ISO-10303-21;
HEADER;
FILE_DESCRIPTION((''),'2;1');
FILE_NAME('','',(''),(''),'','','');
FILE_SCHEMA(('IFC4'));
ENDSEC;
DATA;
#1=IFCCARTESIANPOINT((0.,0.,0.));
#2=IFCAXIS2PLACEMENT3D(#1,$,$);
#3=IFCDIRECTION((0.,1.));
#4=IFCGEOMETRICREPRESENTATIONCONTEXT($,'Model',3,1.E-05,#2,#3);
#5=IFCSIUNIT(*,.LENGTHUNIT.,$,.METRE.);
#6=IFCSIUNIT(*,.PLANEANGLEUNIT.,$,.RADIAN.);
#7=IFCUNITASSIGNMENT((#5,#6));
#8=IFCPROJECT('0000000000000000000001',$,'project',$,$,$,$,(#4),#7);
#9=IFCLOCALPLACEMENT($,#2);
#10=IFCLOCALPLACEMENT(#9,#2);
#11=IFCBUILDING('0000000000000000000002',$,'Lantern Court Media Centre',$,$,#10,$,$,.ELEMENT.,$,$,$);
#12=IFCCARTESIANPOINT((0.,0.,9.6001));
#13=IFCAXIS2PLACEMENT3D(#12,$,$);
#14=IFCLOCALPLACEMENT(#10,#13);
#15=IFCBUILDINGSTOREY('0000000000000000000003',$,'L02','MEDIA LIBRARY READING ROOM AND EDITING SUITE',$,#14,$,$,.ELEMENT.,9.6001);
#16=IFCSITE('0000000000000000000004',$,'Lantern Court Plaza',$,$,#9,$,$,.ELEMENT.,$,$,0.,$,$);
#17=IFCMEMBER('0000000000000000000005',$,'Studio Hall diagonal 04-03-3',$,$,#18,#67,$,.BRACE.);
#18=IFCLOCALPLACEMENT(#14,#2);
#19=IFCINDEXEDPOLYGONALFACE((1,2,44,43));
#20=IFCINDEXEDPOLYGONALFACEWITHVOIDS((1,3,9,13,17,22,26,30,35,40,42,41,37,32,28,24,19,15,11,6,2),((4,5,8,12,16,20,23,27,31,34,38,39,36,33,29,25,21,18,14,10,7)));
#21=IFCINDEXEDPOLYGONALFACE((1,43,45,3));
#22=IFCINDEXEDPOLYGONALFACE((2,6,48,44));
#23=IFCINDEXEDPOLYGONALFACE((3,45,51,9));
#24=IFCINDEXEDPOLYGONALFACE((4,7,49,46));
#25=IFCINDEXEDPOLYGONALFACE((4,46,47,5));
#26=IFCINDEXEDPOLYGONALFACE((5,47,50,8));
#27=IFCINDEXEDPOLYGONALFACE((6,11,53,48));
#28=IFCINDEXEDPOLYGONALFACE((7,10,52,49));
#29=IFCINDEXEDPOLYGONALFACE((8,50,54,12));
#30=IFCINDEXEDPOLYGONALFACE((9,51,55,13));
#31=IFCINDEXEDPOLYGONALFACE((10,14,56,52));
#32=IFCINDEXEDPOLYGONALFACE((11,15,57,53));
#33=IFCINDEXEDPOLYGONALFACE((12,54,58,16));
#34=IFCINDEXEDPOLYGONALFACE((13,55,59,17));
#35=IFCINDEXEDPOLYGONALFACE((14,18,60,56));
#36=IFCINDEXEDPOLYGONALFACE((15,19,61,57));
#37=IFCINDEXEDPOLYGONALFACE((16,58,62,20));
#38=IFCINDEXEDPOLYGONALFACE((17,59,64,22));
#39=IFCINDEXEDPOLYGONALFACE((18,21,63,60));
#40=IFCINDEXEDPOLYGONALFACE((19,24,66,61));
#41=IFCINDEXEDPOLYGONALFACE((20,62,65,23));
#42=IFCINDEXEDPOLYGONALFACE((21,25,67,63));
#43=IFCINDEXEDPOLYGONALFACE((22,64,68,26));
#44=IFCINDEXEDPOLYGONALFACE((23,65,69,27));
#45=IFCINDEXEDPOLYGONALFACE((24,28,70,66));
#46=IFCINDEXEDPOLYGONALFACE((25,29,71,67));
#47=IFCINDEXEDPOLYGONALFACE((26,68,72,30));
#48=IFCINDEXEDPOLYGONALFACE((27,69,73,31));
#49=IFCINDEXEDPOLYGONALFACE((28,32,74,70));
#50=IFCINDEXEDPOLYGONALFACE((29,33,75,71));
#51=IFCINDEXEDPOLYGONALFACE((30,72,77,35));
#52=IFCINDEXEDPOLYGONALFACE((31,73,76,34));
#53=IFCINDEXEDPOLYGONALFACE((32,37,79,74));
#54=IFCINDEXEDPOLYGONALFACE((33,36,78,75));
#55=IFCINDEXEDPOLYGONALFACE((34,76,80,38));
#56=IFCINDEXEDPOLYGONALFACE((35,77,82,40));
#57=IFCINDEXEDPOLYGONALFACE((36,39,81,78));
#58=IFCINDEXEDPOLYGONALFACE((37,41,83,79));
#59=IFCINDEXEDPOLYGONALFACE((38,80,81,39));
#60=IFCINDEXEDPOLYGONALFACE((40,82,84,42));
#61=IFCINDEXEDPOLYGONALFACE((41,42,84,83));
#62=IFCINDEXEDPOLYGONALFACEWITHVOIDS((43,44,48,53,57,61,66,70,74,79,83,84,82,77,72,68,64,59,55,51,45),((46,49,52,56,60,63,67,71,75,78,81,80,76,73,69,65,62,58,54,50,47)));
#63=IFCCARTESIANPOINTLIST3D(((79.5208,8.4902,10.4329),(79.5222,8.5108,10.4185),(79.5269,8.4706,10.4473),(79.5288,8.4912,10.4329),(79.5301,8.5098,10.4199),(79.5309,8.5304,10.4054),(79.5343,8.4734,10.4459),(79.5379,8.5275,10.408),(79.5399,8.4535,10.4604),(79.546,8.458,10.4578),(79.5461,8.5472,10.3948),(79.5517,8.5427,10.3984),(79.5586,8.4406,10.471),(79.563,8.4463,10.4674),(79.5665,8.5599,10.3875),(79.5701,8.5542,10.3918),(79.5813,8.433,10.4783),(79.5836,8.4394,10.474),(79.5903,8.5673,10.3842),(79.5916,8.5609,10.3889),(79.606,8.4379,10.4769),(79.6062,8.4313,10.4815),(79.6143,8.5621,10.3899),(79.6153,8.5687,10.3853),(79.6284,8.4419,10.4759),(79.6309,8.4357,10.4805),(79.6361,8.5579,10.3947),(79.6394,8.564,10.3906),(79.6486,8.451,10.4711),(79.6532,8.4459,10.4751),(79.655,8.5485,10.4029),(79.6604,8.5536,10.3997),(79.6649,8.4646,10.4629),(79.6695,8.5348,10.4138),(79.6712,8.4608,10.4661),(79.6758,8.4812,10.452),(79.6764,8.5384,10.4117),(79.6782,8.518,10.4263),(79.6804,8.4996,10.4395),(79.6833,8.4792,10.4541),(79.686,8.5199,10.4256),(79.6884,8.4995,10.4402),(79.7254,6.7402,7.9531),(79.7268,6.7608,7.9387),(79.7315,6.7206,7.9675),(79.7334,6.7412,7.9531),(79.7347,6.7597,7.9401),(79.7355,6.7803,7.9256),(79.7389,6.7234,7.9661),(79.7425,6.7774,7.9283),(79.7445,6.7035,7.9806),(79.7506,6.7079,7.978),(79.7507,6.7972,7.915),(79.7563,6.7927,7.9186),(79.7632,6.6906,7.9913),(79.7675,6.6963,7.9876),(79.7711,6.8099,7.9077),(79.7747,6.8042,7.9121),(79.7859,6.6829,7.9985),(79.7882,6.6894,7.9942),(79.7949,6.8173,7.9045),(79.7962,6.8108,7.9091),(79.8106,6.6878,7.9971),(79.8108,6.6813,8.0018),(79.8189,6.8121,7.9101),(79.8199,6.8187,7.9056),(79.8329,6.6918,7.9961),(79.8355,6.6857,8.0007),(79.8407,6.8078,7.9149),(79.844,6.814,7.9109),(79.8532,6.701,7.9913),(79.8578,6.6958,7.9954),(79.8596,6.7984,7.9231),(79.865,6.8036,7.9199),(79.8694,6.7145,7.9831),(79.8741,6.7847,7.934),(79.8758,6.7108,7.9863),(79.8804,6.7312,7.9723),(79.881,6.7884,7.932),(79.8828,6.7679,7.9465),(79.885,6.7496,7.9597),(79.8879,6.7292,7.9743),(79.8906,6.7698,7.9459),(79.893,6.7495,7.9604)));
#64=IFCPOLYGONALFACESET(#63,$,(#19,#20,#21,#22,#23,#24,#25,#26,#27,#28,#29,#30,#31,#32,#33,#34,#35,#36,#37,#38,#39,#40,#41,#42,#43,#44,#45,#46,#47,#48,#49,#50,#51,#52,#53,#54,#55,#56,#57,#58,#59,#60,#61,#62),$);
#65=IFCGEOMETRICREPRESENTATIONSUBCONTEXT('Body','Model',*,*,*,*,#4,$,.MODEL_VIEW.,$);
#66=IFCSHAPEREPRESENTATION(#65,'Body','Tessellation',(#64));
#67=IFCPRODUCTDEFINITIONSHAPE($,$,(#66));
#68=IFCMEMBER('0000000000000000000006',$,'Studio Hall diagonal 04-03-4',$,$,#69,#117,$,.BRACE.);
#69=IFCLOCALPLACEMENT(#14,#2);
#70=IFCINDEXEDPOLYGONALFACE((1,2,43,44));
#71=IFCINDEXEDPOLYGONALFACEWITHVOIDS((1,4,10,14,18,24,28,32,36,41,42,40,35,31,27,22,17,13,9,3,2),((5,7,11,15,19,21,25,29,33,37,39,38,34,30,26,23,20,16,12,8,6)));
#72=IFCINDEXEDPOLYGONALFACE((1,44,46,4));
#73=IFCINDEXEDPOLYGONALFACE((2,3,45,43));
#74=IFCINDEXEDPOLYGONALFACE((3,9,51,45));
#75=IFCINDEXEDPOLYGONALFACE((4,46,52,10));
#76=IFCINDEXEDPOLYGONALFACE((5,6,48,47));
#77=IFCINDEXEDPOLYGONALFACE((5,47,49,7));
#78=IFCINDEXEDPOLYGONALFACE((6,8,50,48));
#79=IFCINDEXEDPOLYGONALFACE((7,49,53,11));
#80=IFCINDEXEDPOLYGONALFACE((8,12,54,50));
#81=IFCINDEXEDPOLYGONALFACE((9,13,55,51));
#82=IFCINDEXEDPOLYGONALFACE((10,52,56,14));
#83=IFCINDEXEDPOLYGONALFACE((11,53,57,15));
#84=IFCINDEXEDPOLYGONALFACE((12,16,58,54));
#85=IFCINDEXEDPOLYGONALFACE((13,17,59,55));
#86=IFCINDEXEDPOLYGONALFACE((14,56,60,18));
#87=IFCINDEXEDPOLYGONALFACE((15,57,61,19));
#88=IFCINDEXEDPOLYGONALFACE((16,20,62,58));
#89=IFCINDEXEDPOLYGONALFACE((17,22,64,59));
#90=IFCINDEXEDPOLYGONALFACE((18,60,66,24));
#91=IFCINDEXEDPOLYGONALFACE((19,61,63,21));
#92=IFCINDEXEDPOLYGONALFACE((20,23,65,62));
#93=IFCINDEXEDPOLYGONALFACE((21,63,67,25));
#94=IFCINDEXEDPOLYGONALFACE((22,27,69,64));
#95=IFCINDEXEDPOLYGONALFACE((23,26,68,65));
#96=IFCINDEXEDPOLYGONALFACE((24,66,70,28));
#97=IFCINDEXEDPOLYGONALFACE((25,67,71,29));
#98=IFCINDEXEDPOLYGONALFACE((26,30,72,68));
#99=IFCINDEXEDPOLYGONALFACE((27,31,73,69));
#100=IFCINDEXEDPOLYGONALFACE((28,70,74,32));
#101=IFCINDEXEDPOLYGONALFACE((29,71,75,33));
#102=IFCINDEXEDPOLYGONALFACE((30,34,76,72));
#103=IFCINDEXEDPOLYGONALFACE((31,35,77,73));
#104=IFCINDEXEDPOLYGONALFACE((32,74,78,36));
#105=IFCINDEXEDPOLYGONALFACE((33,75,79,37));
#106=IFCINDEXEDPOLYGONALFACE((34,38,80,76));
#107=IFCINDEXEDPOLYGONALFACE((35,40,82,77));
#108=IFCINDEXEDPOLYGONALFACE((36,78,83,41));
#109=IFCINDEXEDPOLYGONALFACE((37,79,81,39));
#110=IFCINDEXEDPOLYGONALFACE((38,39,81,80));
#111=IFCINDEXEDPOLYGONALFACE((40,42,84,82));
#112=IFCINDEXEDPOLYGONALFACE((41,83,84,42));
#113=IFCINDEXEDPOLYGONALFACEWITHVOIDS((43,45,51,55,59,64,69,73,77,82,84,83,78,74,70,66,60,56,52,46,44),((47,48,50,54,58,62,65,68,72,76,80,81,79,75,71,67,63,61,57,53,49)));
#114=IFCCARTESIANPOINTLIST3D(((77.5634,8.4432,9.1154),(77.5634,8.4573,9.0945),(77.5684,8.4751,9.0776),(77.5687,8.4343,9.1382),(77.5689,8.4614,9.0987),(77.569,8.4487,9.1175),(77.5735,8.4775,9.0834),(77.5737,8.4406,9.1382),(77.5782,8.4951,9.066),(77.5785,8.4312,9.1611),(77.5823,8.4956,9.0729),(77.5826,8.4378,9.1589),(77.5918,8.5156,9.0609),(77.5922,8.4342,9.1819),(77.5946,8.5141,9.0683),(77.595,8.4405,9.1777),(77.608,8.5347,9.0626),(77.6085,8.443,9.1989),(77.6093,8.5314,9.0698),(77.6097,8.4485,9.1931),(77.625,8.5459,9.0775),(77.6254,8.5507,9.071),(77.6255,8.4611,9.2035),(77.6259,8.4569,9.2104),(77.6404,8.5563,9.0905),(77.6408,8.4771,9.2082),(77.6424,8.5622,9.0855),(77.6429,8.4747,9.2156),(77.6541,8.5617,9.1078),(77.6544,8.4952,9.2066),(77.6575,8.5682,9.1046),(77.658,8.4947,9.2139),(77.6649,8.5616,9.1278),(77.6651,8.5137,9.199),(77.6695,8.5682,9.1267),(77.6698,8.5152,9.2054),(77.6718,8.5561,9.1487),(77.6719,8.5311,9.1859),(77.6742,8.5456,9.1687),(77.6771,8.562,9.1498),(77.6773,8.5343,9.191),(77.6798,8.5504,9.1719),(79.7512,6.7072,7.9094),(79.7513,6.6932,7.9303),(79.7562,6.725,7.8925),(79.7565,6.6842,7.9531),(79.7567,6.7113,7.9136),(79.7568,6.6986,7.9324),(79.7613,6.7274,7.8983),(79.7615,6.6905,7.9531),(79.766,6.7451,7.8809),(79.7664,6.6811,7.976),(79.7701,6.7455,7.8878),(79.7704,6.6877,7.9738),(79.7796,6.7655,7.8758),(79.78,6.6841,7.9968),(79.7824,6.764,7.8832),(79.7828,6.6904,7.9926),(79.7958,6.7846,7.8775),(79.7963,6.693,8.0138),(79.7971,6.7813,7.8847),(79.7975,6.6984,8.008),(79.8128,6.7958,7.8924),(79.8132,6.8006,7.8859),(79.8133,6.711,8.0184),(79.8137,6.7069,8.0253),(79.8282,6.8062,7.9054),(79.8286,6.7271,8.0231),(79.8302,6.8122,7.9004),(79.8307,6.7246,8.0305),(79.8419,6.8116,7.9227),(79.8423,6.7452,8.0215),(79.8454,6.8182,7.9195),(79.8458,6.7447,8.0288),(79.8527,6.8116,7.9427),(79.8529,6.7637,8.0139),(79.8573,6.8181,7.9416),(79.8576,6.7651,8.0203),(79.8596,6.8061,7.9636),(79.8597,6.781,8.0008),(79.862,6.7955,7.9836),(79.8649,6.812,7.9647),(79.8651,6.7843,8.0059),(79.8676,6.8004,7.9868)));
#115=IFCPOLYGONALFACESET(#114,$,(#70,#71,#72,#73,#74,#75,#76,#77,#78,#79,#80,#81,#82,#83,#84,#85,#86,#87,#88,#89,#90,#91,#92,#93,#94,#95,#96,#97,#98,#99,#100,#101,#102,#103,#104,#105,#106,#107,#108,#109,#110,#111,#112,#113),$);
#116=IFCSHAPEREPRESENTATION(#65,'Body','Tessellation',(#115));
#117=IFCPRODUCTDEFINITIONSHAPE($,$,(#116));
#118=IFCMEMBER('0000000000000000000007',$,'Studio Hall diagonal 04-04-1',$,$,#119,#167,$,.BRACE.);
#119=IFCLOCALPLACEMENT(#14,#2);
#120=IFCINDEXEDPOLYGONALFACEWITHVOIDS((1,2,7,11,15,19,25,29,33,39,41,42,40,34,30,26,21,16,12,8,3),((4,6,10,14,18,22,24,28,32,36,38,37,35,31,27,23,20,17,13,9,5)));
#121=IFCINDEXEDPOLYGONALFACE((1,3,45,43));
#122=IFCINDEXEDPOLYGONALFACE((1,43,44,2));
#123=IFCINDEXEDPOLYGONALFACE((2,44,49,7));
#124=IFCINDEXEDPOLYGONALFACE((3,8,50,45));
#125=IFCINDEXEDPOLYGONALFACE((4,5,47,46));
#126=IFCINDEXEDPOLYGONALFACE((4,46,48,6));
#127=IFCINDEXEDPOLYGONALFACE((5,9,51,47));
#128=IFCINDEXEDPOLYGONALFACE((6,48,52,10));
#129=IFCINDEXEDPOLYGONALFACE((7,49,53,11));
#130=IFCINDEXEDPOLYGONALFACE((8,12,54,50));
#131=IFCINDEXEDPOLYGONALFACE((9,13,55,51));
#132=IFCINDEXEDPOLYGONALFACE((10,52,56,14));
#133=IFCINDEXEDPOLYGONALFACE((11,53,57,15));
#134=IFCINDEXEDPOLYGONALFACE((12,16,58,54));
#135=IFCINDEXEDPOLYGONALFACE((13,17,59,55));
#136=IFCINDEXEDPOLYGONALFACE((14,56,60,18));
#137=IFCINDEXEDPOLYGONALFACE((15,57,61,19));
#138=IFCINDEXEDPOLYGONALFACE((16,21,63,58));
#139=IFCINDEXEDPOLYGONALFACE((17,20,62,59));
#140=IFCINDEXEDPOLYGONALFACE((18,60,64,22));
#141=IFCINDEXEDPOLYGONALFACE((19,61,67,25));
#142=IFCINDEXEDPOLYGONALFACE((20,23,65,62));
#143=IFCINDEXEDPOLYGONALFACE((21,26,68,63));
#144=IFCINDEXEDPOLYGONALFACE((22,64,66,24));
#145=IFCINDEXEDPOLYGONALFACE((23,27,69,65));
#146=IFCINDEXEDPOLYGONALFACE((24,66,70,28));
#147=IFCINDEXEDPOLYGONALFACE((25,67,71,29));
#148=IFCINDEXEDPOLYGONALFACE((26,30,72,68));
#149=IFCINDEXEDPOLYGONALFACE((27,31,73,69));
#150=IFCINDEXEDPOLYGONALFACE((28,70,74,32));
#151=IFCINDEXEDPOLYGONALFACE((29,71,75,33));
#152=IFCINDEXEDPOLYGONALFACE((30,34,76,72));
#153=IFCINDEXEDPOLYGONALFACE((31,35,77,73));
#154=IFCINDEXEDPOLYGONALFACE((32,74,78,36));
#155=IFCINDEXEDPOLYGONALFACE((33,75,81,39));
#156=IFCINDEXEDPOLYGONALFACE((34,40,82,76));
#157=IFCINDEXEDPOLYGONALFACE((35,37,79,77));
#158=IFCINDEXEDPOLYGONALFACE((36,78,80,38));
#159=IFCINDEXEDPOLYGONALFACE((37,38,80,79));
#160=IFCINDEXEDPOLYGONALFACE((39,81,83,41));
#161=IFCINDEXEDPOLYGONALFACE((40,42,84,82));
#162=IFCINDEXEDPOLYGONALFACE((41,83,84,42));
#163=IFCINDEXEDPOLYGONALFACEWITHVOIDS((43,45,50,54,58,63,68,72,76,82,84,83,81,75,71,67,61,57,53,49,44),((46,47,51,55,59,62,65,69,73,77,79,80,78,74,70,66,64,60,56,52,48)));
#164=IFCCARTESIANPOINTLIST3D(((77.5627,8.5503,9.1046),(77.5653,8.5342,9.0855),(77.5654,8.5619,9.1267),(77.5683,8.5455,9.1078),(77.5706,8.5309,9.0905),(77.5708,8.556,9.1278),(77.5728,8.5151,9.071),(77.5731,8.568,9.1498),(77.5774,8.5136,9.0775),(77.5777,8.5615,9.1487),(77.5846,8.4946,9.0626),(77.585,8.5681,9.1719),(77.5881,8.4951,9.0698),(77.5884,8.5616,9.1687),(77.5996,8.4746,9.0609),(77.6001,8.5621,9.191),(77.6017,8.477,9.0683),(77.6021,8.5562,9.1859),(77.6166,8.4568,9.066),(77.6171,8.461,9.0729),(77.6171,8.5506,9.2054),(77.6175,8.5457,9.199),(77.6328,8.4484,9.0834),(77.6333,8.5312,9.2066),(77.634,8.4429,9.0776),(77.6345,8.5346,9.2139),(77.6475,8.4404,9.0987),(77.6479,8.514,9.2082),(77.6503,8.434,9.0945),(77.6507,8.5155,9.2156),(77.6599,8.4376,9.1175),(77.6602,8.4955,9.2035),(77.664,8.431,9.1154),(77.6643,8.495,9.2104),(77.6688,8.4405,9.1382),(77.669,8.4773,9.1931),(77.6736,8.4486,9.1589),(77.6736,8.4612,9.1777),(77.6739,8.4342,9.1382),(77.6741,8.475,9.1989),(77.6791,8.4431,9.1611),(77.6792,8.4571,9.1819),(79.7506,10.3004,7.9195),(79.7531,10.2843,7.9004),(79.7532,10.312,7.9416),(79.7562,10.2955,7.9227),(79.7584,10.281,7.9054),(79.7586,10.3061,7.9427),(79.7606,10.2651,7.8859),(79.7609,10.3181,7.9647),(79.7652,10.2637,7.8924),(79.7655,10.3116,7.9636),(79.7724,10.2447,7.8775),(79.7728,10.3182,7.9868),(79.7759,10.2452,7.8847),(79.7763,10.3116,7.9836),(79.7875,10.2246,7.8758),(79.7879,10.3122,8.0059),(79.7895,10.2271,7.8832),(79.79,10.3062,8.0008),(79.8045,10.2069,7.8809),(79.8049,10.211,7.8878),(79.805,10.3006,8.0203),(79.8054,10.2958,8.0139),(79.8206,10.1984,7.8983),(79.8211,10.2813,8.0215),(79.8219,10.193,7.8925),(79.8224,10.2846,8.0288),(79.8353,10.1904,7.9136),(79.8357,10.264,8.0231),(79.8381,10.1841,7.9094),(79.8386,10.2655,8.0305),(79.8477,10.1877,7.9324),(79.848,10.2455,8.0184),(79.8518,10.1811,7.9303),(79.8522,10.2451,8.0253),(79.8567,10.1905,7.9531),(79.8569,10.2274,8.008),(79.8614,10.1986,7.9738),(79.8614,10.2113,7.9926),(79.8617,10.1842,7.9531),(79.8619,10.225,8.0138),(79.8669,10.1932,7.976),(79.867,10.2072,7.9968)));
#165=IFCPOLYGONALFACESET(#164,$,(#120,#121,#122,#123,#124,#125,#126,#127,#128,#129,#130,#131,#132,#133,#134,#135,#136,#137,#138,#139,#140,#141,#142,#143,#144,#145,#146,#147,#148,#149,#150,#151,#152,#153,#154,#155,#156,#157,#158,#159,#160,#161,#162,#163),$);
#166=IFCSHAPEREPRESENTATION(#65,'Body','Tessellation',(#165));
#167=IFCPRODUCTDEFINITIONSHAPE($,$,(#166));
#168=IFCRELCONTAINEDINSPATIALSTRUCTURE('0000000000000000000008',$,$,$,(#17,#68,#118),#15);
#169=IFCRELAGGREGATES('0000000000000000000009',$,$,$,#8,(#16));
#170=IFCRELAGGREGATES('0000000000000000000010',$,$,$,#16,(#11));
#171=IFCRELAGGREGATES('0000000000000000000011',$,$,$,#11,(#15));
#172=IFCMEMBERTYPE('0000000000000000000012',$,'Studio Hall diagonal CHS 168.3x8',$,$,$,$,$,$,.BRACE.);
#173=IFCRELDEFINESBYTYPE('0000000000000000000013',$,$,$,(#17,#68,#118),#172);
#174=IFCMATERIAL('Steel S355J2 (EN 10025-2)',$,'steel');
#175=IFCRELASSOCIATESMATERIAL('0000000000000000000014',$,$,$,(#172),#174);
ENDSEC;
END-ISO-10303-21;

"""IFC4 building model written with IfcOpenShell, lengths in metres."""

from ifc_helpers import new_model, si_unit, direction, frame, origin, origin_2d, place, context, subcontext, project, spatial, hollow_circle, extrude, material, material_profile, profile_set, type_object, element, save


model = new_model("IFC4")

# Units and contexts
model_context = context("Model", 3, precision=1e-05, world=origin(), true_north=direction((0.0, 1.0)))
body_context = subcontext(model_context, "Body", "Model", "MODEL_VIEW")
ifc_project = project(units=[si_unit("LENGTHUNIT", "METRE"), si_unit("PLANEANGLEUNIT", "RADIAN")], contexts=[model_context])

# Site, building, storey
site_placement = place(None, origin())
site = spatial("IfcSite", under=ifc_project, at=site_placement, Name="Lantern Court Plaza", CompositionType="ELEMENT", RefElevation=0.0)
building_placement = place(site_placement, origin())
building = spatial("IfcBuilding", under=site, at=building_placement, Name="Lantern Court Media Centre", CompositionType="ELEMENT")
storey_placement = place(building_placement, frame((0.0, 0.0, 9.6001)))
storey = spatial("IfcBuildingStorey", under=building, at=storey_placement, Name="L02", Description="MEDIA LIBRARY READING ROOM AND EDITING SUITE", CompositionType="ELEMENT", Elevation=9.6001)

# Members
ifc_material = material(Name="Steel S355J2 (EN 10025-2)", Category="steel")
ifc_material_profile_1 = material_profile(ifc_material, hollow_circle(Radius=0.0842, WallThickness=0.0081, at=origin_2d()), Name="Studio Hall diagonal CHS 168.3x8")
ifc_profile_set_1 = profile_set([ifc_material_profile_1], Name="Steel S355J2 (EN 10025-2)")
member_type_1 = type_object("IfcMemberType", Name="Studio Hall diagonal CHS 168.3x8", PredefinedType="BRACE", material=ifc_profile_set_1)
for number, where, z_axis, x_axis, name in (
    (1, (79.8091, 6.75, 7.9531), (-0.067256, 0.575289, 0.81518), (-0.993235, -0.116118, 0.0), "Studio Hall diagonal 04-03-3"),
    (2, (79.8091, 6.75, 7.9531), (-0.719206, 0.5753, 0.38958), (-0.624653, -0.780903, 0.0), "Studio Hall diagonal 04-03-4"),
    (3, (79.8091, 10.25, 7.9531), (-0.719206, -0.5753, 0.38958), (0.624653, -0.780903, 0.0), "Studio Hall diagonal 04-04-1"),
):
    element("IfcMember", number, at=place(storey_placement, frame(where, z_axis=z_axis, x_axis=x_axis)), inside=storey, type_object=member_type_1, Name=name, PredefinedType="BRACE", context=body_context, shape_type="SweptSolid", body=[
        extrude(hollow_circle(Radius=0.0842, WallThickness=0.0081, at=origin_2d()), origin(), (0.0, 0.0, 1.0), 3.042),
    ])

save(model, "model.ifc")
